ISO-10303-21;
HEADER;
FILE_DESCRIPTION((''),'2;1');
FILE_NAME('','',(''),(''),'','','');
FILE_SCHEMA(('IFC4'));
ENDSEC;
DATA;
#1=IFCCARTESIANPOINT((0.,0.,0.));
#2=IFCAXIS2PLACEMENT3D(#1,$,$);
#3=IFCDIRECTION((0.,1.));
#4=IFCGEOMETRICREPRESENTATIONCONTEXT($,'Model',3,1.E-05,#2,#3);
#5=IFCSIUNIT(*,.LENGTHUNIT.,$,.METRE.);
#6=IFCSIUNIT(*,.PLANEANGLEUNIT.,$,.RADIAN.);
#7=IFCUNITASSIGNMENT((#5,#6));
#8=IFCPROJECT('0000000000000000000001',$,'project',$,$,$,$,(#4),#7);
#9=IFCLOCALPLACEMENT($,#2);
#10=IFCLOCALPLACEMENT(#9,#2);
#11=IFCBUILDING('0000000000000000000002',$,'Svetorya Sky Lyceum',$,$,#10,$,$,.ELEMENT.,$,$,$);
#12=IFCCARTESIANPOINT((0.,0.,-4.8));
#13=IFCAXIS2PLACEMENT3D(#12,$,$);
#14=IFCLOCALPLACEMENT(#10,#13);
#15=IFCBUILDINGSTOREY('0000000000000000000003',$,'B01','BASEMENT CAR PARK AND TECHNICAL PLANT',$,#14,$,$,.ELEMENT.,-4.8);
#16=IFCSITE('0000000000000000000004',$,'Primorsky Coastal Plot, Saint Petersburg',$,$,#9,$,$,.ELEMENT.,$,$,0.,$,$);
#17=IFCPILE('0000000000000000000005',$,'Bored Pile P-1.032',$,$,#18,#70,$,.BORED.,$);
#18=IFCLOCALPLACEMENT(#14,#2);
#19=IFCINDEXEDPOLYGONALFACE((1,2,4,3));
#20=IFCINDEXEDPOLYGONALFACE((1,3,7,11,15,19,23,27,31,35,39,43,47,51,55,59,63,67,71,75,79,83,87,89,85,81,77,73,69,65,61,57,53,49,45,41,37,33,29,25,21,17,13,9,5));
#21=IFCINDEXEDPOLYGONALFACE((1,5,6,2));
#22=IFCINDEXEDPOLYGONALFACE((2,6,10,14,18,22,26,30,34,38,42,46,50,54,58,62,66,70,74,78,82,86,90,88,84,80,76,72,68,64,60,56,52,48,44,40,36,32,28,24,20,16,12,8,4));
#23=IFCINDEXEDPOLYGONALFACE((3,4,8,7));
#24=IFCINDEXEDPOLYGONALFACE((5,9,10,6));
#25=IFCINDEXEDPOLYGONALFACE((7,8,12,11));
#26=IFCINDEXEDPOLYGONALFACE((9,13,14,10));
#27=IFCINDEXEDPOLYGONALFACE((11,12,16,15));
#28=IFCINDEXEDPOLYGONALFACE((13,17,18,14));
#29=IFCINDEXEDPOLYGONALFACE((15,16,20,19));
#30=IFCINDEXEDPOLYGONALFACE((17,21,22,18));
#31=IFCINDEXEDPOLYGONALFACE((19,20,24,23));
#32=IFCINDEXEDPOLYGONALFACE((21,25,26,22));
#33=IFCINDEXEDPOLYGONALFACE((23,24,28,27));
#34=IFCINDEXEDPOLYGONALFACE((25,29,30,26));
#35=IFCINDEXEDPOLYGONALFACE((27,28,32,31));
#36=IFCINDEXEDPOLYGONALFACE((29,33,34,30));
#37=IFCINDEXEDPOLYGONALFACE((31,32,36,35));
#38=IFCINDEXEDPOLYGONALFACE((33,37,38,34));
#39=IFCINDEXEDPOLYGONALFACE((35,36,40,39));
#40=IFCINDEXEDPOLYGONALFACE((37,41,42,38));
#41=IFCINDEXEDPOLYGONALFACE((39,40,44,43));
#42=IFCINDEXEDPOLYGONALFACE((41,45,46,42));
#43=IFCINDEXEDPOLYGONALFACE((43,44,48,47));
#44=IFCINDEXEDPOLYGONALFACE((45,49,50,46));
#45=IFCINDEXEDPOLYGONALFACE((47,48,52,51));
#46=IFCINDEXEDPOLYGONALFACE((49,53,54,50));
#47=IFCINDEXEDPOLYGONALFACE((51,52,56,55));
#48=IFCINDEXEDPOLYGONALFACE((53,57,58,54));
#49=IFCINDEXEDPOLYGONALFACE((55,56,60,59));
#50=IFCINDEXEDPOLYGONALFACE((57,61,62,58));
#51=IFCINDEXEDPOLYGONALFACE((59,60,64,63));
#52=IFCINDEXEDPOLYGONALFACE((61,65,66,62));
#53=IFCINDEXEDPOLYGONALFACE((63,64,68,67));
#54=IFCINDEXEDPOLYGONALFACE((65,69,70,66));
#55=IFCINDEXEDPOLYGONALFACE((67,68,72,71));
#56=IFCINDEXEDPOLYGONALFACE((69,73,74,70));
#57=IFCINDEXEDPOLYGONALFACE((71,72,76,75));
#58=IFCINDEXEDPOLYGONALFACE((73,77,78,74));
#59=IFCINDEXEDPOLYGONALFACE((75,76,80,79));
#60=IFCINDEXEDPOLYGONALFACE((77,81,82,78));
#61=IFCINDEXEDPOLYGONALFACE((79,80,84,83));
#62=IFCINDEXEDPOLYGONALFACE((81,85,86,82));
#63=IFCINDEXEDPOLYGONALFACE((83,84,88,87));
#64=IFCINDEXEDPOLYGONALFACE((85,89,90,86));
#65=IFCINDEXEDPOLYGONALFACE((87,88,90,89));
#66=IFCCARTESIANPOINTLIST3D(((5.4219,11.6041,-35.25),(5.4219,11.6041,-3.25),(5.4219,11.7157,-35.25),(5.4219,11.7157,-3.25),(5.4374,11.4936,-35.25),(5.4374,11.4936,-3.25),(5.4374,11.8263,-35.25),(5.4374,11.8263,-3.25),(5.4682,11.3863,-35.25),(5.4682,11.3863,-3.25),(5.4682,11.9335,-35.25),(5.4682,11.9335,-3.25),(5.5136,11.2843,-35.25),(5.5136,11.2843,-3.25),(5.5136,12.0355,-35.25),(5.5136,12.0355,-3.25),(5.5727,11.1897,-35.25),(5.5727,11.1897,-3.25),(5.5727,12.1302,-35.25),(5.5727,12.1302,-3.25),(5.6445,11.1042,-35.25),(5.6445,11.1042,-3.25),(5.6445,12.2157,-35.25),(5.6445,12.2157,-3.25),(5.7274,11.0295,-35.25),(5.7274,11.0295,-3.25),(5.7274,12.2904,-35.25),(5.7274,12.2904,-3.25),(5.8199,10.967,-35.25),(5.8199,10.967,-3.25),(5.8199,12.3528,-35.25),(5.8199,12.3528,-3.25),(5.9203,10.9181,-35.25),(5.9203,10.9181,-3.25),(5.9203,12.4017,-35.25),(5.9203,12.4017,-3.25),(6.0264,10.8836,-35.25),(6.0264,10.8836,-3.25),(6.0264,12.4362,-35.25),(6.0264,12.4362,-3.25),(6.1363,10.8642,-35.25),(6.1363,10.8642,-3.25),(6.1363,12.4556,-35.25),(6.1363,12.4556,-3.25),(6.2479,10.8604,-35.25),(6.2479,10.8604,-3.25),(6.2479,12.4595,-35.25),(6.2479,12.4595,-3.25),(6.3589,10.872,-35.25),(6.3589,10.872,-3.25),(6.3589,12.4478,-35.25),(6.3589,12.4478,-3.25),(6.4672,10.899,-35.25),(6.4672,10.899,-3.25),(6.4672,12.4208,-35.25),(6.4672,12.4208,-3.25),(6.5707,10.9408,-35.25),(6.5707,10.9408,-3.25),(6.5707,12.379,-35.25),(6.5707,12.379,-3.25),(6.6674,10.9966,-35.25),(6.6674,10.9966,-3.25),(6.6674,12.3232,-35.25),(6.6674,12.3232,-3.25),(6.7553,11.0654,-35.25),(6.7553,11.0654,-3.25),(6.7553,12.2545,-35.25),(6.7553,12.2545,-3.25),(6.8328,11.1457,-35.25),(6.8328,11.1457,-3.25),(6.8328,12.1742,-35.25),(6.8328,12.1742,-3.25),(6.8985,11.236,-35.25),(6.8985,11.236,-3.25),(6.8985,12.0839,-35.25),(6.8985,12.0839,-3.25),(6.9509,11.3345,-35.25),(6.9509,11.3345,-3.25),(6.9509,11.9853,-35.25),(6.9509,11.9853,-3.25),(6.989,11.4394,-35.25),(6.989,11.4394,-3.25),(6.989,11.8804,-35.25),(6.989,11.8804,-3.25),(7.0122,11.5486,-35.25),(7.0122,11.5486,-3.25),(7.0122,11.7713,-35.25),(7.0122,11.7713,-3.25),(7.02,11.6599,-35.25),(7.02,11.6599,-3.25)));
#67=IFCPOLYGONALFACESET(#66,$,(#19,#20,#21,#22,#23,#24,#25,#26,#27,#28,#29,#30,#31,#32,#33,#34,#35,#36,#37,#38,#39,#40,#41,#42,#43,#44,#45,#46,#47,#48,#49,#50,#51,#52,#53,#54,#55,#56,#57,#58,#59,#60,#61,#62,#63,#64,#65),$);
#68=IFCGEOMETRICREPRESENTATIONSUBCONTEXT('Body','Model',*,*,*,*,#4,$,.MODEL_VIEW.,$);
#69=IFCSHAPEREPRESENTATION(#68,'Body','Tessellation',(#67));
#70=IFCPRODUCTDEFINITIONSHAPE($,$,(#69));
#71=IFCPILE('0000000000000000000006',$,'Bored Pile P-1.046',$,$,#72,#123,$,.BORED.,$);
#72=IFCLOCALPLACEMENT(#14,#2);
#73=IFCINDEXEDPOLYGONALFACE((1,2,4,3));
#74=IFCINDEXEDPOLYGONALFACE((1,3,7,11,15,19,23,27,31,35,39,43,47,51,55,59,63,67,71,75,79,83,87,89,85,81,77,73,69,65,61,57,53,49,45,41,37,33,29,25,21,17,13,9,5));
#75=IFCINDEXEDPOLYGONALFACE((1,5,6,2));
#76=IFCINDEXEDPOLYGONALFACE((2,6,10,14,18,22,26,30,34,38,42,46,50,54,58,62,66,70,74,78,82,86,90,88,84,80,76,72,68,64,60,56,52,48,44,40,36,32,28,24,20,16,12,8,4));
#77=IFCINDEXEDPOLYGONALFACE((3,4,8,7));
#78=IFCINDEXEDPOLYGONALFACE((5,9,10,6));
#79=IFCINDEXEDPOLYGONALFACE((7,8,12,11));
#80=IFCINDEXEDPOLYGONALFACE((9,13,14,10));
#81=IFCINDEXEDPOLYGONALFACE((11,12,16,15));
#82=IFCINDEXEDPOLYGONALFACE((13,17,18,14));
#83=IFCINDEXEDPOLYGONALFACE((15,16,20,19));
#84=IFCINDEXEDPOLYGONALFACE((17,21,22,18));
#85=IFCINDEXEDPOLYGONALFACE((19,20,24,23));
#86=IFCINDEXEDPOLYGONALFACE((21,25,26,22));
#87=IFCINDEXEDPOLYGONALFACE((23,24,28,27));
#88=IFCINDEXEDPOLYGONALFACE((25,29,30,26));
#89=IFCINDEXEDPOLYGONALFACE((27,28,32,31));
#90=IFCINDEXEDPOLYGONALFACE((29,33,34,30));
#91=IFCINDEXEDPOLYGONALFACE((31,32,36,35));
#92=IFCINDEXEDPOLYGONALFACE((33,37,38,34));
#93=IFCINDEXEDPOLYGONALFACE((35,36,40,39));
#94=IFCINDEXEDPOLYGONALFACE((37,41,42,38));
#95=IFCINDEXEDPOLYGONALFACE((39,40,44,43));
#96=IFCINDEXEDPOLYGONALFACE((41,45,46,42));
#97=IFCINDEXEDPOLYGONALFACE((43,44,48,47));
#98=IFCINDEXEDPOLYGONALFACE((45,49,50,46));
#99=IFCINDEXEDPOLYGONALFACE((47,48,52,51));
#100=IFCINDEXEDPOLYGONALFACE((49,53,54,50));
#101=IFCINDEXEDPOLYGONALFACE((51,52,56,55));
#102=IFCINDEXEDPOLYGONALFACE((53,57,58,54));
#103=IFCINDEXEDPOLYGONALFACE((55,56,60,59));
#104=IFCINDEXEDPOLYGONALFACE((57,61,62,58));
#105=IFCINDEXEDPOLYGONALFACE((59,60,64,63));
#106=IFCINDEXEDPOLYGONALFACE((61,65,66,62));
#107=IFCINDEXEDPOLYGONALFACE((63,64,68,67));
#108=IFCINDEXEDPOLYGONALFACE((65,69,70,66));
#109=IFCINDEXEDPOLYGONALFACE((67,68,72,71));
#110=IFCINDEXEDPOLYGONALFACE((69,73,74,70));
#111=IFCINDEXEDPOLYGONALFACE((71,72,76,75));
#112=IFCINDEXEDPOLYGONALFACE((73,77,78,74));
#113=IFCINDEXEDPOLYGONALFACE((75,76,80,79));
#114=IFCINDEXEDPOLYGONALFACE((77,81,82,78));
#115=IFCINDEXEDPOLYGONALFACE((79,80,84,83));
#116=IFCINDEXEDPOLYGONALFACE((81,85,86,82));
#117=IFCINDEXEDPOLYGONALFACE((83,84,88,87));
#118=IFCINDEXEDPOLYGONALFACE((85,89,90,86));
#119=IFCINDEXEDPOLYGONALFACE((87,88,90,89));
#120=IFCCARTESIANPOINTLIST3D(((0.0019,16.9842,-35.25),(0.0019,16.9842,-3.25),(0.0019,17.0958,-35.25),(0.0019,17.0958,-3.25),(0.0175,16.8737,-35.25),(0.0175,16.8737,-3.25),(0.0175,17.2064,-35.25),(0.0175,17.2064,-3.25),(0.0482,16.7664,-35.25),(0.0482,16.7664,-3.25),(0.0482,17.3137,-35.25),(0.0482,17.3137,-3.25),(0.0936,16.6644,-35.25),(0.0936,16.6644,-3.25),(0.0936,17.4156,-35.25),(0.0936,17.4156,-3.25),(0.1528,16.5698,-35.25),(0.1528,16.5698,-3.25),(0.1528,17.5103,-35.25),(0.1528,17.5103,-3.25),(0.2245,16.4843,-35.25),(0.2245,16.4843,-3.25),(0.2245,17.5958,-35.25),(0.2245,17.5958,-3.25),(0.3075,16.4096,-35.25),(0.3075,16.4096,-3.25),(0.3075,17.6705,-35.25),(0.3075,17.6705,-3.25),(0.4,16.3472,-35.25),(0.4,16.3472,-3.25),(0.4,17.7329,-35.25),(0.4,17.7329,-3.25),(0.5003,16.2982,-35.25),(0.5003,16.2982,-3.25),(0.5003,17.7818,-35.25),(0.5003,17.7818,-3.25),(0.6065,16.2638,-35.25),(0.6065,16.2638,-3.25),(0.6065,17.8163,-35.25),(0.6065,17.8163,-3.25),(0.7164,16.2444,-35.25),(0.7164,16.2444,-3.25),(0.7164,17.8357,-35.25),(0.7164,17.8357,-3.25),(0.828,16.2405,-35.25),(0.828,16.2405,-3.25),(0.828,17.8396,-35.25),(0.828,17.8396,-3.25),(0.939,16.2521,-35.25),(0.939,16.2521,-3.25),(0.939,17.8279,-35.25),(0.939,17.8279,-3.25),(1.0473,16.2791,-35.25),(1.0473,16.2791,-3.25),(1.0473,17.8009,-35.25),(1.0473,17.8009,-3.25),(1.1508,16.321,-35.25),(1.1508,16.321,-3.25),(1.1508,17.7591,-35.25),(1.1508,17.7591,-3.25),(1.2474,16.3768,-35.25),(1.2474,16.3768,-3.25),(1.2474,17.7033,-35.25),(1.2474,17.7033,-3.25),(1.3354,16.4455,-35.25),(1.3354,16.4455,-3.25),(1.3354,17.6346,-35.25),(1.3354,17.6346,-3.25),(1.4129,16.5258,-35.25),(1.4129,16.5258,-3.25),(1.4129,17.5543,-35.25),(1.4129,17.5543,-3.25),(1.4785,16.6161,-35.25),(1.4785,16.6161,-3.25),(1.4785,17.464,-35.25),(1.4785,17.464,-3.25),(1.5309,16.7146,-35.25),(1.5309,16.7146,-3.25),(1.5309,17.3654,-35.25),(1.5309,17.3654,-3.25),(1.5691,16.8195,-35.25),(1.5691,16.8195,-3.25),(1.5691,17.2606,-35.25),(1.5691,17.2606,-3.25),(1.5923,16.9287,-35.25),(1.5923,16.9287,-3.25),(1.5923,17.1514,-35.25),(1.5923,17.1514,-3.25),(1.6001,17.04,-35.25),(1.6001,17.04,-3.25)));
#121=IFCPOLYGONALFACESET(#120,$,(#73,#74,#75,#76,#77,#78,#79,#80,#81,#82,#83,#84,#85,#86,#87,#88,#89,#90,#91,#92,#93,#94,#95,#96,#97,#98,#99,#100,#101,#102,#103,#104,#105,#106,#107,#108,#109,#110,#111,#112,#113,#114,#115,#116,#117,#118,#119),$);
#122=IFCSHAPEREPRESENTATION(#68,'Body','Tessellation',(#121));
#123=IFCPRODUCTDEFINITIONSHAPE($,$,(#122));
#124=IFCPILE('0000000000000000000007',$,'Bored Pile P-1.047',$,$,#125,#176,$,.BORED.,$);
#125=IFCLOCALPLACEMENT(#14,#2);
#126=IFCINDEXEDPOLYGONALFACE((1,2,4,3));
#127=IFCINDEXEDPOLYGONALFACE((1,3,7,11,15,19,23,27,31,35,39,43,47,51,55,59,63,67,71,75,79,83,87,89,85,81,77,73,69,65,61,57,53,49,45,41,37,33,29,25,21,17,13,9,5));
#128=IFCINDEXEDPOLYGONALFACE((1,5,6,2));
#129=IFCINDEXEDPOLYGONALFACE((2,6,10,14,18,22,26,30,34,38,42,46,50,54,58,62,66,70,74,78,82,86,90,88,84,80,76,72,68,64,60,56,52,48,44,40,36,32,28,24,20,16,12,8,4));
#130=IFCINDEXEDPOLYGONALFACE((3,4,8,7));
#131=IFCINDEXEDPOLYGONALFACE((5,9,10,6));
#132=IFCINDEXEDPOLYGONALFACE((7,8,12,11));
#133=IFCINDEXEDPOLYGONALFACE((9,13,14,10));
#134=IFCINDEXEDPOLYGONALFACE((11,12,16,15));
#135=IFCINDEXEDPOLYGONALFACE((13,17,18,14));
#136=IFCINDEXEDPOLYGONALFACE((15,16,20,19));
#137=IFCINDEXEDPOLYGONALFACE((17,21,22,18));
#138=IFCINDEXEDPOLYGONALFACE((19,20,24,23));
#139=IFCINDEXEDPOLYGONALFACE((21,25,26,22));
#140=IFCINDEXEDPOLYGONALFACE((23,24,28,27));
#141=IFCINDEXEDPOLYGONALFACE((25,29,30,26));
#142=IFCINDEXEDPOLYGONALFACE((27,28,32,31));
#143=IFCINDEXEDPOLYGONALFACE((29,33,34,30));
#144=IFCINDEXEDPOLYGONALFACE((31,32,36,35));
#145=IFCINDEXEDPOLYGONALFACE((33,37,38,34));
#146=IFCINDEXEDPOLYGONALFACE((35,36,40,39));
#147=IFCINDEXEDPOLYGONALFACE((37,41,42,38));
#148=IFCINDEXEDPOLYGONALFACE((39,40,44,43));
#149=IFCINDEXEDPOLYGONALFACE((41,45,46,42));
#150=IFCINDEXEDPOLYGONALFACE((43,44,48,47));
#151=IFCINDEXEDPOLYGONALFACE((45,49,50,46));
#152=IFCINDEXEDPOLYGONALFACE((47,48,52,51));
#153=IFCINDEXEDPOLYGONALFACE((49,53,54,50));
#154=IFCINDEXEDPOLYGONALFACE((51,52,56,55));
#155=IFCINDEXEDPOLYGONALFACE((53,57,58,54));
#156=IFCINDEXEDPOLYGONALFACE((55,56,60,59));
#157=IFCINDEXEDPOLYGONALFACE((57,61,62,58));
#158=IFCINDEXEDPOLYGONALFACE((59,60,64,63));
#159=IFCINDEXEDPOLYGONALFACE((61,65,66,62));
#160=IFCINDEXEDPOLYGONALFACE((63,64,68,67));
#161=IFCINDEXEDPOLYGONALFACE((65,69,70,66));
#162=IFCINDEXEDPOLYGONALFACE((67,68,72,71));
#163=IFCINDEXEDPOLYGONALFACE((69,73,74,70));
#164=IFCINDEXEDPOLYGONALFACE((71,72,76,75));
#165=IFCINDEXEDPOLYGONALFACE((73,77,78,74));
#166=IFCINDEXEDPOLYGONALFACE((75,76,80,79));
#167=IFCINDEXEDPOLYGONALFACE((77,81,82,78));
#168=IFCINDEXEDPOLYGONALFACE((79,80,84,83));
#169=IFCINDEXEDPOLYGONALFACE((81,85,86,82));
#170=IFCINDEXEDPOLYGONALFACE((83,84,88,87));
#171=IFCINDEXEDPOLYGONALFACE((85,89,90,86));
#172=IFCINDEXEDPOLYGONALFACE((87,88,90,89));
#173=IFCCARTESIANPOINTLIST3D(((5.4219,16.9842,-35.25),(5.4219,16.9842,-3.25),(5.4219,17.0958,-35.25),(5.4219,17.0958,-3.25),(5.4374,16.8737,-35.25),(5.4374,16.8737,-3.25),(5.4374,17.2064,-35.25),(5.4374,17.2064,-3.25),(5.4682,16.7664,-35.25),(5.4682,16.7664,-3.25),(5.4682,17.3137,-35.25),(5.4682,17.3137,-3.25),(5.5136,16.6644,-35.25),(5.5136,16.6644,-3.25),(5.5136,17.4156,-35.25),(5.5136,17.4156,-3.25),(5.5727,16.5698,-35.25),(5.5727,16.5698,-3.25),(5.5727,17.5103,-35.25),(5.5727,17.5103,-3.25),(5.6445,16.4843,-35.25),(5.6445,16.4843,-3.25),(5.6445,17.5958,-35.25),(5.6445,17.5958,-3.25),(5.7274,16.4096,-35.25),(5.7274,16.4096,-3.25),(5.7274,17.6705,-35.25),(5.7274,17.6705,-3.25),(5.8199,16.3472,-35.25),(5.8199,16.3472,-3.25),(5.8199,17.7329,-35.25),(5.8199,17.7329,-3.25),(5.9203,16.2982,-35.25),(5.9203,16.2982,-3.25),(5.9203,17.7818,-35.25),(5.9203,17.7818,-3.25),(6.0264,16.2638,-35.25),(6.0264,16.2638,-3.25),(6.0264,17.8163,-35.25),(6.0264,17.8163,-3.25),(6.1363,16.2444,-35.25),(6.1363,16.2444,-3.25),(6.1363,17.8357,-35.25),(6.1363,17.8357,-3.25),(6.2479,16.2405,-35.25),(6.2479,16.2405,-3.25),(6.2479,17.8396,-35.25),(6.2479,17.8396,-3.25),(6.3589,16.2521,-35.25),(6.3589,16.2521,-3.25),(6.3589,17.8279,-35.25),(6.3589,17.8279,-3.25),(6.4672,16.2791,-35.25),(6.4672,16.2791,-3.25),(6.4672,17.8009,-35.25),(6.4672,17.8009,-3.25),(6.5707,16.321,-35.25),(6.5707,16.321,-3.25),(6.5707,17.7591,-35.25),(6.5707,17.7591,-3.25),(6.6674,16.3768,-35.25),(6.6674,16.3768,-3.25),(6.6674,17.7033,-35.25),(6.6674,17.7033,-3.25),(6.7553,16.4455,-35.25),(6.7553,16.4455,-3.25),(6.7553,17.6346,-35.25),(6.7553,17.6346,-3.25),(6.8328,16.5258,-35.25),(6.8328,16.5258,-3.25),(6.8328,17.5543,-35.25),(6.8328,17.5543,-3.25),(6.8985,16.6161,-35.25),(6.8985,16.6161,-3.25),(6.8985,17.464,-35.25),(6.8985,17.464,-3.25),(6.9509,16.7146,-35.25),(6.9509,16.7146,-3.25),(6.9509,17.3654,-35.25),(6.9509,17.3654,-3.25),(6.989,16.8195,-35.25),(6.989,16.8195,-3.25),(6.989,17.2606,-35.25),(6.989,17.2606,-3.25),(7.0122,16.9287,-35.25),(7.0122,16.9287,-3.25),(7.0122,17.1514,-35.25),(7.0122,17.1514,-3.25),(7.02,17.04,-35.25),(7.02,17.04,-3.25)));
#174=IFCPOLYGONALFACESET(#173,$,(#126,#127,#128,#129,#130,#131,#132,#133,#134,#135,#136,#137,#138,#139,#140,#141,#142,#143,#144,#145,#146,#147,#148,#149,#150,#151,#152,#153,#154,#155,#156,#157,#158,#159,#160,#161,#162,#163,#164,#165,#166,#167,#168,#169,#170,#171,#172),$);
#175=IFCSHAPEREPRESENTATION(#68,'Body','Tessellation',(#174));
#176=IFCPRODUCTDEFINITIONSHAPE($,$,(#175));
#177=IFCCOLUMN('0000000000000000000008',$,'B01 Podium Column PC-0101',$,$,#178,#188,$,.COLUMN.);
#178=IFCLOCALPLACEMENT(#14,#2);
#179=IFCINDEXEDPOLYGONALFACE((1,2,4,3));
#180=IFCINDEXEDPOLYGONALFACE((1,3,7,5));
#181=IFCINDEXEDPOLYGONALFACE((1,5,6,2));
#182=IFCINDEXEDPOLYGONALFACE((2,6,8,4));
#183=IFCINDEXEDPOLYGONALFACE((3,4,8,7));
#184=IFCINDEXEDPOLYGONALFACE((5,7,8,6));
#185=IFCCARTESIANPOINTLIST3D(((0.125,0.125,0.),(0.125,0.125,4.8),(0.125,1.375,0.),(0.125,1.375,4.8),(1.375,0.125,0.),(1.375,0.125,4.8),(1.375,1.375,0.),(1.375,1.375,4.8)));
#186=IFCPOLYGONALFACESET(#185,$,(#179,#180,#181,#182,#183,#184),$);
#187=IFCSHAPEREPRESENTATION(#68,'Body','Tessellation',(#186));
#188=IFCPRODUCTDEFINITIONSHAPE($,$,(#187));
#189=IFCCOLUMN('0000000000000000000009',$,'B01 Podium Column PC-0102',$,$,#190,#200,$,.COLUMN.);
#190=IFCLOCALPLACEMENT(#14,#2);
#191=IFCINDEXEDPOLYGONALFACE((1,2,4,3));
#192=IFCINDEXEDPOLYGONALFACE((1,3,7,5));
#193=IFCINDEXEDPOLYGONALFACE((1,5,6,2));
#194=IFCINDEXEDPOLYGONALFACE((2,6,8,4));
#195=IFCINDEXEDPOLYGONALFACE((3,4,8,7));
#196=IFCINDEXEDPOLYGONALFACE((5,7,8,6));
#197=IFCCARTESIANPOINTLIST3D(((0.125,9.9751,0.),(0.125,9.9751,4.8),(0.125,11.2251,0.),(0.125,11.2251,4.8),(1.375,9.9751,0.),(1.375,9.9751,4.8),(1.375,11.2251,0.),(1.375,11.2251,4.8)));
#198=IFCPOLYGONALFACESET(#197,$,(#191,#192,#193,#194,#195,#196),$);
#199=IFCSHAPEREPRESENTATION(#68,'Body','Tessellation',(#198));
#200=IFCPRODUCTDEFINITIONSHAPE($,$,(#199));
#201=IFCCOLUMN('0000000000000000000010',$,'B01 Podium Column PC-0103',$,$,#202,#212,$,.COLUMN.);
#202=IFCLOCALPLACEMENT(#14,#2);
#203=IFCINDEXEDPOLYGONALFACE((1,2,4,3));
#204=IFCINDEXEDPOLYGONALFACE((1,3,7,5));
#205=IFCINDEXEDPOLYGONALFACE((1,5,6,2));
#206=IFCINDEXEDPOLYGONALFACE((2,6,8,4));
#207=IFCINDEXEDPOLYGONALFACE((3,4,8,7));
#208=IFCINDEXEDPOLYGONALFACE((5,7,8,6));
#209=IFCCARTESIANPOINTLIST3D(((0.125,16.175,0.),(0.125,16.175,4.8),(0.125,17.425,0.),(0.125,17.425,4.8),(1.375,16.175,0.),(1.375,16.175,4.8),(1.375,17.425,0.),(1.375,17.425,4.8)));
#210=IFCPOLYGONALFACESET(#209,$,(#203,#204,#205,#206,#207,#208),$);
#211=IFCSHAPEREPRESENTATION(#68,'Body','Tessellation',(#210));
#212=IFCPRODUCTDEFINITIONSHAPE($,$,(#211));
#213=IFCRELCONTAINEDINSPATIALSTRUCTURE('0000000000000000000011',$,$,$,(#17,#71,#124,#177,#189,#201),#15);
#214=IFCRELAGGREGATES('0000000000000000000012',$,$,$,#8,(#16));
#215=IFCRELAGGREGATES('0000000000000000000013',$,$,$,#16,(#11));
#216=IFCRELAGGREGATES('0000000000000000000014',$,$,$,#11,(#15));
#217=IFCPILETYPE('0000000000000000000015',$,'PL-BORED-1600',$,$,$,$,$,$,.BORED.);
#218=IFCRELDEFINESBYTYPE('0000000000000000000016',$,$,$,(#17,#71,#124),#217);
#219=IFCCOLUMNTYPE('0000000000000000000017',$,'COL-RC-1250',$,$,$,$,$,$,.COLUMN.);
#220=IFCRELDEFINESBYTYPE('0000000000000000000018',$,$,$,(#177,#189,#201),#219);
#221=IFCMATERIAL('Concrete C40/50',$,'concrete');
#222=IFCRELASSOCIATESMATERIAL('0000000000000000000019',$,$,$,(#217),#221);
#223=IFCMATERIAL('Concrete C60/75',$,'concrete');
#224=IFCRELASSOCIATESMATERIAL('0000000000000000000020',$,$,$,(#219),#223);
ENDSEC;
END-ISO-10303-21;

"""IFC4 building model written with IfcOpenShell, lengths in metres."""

from ifc_helpers import new_model, si_unit, direction, frame, origin, origin_2d, place, context, subcontext, project, spatial, rectangle, circle, extrude, material, material_profile, profile_set, type_object, element, save


model = new_model("IFC4")

# Units and contexts
model_context = context("Model", 3, precision=1e-05, world=origin(), true_north=direction((0.0, 1.0)))
body_context = subcontext(model_context, "Body", "Model", "MODEL_VIEW")
ifc_project = project(units=[si_unit("LENGTHUNIT", "METRE"), si_unit("PLANEANGLEUNIT", "RADIAN")], contexts=[model_context])

# Site, building, storey
site_placement = place(None, origin())
site = spatial("IfcSite", under=ifc_project, at=site_placement, Name="Primorsky Coastal Plot, Saint Petersburg", CompositionType="ELEMENT", RefElevation=0.0)
building_placement = place(site_placement, origin())
building = spatial("IfcBuilding", under=site, at=building_placement, Name="Svetorya Sky Lyceum", CompositionType="ELEMENT")
storey_placement = place(building_placement, frame((0.0, 0.0, -4.8)))
storey = spatial("IfcBuildingStorey", under=building, at=storey_placement, Name="B01", Description="BASEMENT CAR PARK AND TECHNICAL PLANT", CompositionType="ELEMENT", Elevation=-4.8)

# Shared definitions
ifc_material_1 = material(Name="Concrete C40/50", Category="concrete")

# Piles
ifc_material_profile_1 = material_profile(ifc_material_1, circle(Radius=0.8, at=origin_2d()), Name="RC PILE D1600")
ifc_profile_set_1 = profile_set([ifc_material_profile_1], Name="Concrete C40/50")
pile_type = type_object("IfcPileType", Name="PL-BORED-1600", PredefinedType="BORED", material=ifc_profile_set_1)
for number, where, z_axis, x_axis, name in (
    (1, (6.22, 11.6599, -3.25), (0.0, 0.0, -1.0), (1.0, 0.0, 0.0), "Bored Pile P-1.032"),
    (2, (0.8, 17.04, -3.25), (0.0, 0.0, -1.0), (1.0, 0.0, 0.0), "Bored Pile P-1.046"),
    (3, (6.22, 17.04, -3.25), (0.0, 0.0, -1.0), (1.0, 0.0, 0.0), "Bored Pile P-1.047"),
):
    element("IfcPile", number, at=place(storey_placement, frame(where, z_axis=z_axis, x_axis=x_axis)), inside=storey, type_object=pile_type, Name=name, PredefinedType="BORED", context=body_context, shape_type="SweptSolid", body=[
        extrude(circle(Radius=0.8, at=origin_2d()), origin(), (0.0, 0.0, 1.0), 32.0),
    ])

# Columns
ifc_material_2 = material(Name="Concrete C60/75", Category="concrete")
ifc_material_profile_2 = material_profile(ifc_material_2, rectangle(XDim=1.25, YDim=1.25, at=origin_2d()), Name="RC COL 1250x1250")
ifc_profile_set_2 = profile_set([ifc_material_profile_2], Name="Concrete C60/75")
column_type = type_object("IfcColumnType", Name="COL-RC-1250", PredefinedType="COLUMN", material=ifc_profile_set_2)
for number, where, z_axis, x_axis, name in (
    (4, (0.75, 0.75, 0.0), (0.0, 0.0, 1.0), (1.0, 0.0, 0.0), "B01 Podium Column PC-0101"),
    (5, (0.75, 10.6001, 0.0), (0.0, 0.0, 1.0), (1.0, 0.0, 0.0), "B01 Podium Column PC-0102"),
    (6, (0.75, 16.8, 0.0), (0.0, 0.0, 1.0), (1.0, 0.0, 0.0), "B01 Podium Column PC-0103"),
):
    element("IfcColumn", number, at=place(storey_placement, frame(where, z_axis=z_axis, x_axis=x_axis)), inside=storey, type_object=column_type, Name=name, PredefinedType="COLUMN", context=body_context, shape_type="SweptSolid", body=[
        extrude(rectangle(XDim=1.25, YDim=1.25, at=origin_2d()), origin(), (0.0, 0.0, 1.0), 4.8),
    ])

save(model, "model.ifc")
